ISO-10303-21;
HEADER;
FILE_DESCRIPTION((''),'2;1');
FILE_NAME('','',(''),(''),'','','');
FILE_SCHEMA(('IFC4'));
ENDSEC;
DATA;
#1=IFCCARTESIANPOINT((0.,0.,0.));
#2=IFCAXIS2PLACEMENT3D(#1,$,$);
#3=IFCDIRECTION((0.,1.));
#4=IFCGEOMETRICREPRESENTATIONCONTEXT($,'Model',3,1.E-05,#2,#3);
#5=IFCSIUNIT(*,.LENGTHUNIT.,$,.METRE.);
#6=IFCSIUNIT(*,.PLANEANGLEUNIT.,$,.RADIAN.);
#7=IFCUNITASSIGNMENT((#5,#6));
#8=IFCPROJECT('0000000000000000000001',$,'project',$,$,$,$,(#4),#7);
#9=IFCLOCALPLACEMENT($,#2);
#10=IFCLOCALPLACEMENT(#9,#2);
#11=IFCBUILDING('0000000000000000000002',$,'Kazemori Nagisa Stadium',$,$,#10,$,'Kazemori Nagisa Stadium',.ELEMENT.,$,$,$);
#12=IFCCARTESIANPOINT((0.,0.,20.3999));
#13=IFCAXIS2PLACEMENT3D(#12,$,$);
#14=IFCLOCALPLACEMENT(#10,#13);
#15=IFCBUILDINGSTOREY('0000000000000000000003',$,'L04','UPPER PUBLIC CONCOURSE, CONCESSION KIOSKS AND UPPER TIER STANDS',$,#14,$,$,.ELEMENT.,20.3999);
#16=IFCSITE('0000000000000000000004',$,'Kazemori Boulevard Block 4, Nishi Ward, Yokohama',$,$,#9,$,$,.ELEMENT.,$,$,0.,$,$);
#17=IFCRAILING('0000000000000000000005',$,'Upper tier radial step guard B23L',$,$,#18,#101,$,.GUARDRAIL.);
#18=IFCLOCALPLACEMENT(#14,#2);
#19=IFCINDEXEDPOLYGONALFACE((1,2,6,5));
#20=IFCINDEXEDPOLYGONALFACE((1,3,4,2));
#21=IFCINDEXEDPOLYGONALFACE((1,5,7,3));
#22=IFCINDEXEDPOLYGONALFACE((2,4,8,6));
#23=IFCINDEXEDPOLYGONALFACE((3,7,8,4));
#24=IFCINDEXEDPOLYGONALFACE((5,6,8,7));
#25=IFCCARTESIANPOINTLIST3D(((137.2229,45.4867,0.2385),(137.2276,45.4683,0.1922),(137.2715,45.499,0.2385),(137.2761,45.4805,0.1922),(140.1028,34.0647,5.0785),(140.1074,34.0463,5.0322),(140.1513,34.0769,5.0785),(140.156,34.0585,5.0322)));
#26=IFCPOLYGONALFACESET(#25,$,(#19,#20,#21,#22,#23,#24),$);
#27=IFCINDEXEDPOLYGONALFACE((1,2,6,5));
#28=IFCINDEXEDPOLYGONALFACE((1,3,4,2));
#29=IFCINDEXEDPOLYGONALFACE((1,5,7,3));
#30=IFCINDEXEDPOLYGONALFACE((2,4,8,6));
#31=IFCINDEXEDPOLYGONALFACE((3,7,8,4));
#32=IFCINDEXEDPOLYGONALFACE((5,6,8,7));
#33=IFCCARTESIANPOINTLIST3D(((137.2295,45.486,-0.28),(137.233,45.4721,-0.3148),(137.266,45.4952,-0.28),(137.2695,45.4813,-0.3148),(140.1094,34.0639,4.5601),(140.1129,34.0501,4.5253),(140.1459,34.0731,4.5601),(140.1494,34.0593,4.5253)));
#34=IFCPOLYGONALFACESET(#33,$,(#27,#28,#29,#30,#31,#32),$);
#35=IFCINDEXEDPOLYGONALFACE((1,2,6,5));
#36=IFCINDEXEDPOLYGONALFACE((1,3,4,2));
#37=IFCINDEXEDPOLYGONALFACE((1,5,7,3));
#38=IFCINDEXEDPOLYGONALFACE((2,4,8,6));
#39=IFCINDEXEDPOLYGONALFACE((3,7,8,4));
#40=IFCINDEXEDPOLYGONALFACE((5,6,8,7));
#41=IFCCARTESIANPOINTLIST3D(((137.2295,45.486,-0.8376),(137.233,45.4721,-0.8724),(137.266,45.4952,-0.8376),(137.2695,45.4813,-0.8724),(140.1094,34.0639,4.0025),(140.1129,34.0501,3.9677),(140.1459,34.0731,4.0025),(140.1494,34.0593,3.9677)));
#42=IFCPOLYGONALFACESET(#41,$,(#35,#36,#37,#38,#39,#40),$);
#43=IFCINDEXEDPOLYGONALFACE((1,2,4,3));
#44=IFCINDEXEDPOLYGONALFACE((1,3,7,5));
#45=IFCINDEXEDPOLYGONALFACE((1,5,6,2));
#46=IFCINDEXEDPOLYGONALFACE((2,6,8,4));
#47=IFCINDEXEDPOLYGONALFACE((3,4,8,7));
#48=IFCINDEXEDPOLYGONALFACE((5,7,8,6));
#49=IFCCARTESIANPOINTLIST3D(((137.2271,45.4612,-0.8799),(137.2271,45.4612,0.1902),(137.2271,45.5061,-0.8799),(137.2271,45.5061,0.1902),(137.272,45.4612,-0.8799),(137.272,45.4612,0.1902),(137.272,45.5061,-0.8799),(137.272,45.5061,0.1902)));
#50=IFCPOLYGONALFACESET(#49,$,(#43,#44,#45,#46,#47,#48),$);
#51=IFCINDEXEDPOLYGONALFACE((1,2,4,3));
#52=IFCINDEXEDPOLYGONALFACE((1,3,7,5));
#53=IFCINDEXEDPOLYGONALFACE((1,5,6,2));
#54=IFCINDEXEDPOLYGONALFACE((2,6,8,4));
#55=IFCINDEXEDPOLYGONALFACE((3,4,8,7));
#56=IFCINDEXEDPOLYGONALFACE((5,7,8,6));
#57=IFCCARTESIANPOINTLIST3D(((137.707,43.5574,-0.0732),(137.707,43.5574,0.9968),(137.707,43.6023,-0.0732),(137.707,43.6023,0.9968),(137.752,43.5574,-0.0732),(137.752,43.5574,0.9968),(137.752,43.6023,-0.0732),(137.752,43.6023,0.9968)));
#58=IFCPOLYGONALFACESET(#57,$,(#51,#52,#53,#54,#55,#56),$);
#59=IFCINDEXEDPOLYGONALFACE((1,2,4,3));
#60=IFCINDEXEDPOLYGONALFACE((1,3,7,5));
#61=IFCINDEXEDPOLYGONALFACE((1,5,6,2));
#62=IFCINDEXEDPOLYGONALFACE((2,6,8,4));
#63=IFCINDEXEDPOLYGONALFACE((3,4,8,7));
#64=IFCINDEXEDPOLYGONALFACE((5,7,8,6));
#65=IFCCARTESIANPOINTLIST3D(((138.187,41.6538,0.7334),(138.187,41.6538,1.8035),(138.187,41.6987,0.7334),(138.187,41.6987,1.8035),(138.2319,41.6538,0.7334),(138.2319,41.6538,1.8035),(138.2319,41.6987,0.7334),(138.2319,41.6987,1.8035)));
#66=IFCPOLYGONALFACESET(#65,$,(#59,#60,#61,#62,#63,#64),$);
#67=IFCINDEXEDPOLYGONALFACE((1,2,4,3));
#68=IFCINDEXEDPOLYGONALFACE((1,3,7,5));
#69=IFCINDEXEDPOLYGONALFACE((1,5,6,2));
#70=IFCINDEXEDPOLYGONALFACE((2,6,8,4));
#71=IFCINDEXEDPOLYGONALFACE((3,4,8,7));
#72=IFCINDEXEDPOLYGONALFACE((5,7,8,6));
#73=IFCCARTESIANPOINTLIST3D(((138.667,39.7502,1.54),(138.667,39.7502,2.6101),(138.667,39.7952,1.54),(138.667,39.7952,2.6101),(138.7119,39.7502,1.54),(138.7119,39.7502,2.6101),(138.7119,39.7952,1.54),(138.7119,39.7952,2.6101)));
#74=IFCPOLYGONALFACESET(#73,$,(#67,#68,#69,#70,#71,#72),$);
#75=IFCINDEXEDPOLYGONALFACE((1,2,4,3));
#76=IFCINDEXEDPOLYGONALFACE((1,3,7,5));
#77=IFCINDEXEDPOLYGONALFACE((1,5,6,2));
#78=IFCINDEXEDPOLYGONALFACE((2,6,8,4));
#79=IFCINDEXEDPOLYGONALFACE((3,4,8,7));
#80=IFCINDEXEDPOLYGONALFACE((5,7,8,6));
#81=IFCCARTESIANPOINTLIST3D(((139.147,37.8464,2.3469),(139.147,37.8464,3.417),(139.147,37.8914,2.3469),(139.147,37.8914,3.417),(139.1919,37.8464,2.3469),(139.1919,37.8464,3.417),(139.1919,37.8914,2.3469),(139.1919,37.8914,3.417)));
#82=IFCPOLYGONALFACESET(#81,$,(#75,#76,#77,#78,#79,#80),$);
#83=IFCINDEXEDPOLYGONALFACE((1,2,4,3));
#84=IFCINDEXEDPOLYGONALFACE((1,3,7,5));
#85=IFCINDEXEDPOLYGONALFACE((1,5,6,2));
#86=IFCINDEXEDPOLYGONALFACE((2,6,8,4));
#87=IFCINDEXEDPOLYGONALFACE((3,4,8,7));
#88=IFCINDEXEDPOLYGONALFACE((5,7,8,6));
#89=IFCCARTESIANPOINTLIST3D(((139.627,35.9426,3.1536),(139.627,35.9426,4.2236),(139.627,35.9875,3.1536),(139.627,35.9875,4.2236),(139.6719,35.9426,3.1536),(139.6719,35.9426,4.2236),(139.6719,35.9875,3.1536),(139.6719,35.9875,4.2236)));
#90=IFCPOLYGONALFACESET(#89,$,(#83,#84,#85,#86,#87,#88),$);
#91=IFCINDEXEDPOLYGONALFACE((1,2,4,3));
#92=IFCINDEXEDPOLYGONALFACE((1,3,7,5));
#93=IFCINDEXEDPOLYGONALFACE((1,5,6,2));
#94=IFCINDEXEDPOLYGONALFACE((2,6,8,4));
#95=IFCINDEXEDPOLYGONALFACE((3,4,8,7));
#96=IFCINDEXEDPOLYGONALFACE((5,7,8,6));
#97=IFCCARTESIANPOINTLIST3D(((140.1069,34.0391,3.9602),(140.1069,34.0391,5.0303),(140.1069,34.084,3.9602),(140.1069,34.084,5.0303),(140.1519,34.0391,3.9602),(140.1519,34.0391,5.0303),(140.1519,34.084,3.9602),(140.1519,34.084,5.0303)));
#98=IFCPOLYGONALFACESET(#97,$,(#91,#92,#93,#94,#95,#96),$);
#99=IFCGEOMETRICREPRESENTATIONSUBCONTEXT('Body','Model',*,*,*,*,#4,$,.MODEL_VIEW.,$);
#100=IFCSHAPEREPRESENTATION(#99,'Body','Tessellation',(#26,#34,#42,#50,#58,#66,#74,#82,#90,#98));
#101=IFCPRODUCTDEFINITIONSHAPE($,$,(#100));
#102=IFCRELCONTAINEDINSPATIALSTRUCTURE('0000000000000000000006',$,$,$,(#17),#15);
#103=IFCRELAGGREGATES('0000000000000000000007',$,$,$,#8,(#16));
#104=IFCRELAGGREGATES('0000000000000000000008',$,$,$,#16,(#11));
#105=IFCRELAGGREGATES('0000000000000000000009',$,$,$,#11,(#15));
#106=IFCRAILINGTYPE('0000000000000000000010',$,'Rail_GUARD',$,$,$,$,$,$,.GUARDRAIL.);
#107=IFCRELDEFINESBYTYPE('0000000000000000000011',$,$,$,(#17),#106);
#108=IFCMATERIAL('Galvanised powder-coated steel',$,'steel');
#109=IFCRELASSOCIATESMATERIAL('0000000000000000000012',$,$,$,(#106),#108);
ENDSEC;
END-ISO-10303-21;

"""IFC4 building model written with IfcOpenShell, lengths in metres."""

from ifc_helpers import new_model, si_unit, direction, frame, origin, origin_2d, place, context, subcontext, project, spatial, rectangle, extrude, material, type_object, element, save


model = new_model("IFC4")

# Units and contexts
model_context = context("Model", 3, precision=1e-05, world=origin(), true_north=direction((0.0, 1.0)))
body_context = subcontext(model_context, "Body", "Model", "MODEL_VIEW")
ifc_project = project(units=[si_unit("LENGTHUNIT", "METRE"), si_unit("PLANEANGLEUNIT", "RADIAN")], contexts=[model_context])

# Site, building, storey
site_placement = place(None, origin())
site = spatial("IfcSite", under=ifc_project, at=site_placement, Name="Kazemori Boulevard Block 4, Nishi Ward, Yokohama", CompositionType="ELEMENT", RefElevation=0.0)
building_placement = place(site_placement, origin())
building = spatial("IfcBuilding", under=site, at=building_placement, Name="Kazemori Nagisa Stadium", LongName="Kazemori Nagisa Stadium", CompositionType="ELEMENT")
storey_placement = place(building_placement, frame((0.0, 0.0, 20.3999)))
storey = spatial("IfcBuildingStorey", under=building, at=storey_placement, Name="L04", Description="UPPER PUBLIC CONCOURSE, CONCESSION KIOSKS AND UPPER TIER STANDS", CompositionType="ELEMENT", Elevation=20.3999)

# Railing
ifc_material_1 = material(Name="Galvanised powder-coated steel", Category="steel")
railing_type_1 = type_object("IfcRailingType", Name="Rail_GUARD", PredefinedType="GUARDRAIL", material=ifc_material_1)
railing_1_placement = place(storey_placement, frame((137.2495, 45.4836, -0.8799)))
element("IfcRailing", 1, at=railing_1_placement, inside=storey, type_object=railing_type_1, Name="Upper tier radial step guard B23L", PredefinedType="GUARDRAIL", context=body_context, shape_type="SweptSolid", body=[
    extrude(rectangle(XDim=0.05, YDim=0.05, at=origin_2d()), frame((0.0, 0.0, 1.0952), z_axis=(0.226136, -0.896895, 0.380056), x_axis=(0.969654, 0.244481, 0.0)), (0.0, 0.0, 1.0), 12.7351),
    extrude(rectangle(XDim=0.0376, YDim=0.0376, at=origin_2d()), frame((0.0, 0.0, 0.5825), z_axis=(0.226136, -0.896895, 0.380056), x_axis=(0.969654, 0.244481, 0.0)), (0.0, 0.0, 1.0), 12.7351),
    extrude(rectangle(XDim=0.0376, YDim=0.0376, at=origin_2d()), frame((0.0, 0.0, 0.0249), z_axis=(0.226136, -0.896895, 0.380056), x_axis=(0.969654, 0.244481, 0.0)), (0.0, 0.0, 1.0), 12.7351),
    extrude(rectangle(XDim=0.0449, YDim=0.0449, at=origin_2d()), origin(), (0.0, 0.0, 1.0), 1.0701),
    extrude(rectangle(XDim=0.0449, YDim=0.0449, at=origin_2d()), frame((0.48, -1.9038, 0.8066)), (0.0, 0.0, 1.0), 1.0701),
    extrude(rectangle(XDim=0.0449, YDim=0.0449, at=origin_2d()), frame((0.96, -3.8074, 1.6133)), (0.0, 0.0, 1.0), 1.0701),
    extrude(rectangle(XDim=0.0449, YDim=0.0449, at=origin_2d()), frame((1.4399, -5.7109, 2.4199)), (0.0, 0.0, 1.0), 1.0701),
    extrude(rectangle(XDim=0.0449, YDim=0.0449, at=origin_2d()), frame((1.9199, -7.6147, 3.2268)), (0.0, 0.0, 1.0), 1.0701),
    extrude(rectangle(XDim=0.0449, YDim=0.0449, at=origin_2d()), frame((2.3999, -9.5186, 4.0334)), (0.0, 0.0, 1.0), 1.0701),
    extrude(rectangle(XDim=0.0449, YDim=0.0449, at=origin_2d()), frame((2.8799, -11.4221, 4.8401)), (0.0, 0.0, 1.0), 1.0701),
])

save(model, "model.ifc")
